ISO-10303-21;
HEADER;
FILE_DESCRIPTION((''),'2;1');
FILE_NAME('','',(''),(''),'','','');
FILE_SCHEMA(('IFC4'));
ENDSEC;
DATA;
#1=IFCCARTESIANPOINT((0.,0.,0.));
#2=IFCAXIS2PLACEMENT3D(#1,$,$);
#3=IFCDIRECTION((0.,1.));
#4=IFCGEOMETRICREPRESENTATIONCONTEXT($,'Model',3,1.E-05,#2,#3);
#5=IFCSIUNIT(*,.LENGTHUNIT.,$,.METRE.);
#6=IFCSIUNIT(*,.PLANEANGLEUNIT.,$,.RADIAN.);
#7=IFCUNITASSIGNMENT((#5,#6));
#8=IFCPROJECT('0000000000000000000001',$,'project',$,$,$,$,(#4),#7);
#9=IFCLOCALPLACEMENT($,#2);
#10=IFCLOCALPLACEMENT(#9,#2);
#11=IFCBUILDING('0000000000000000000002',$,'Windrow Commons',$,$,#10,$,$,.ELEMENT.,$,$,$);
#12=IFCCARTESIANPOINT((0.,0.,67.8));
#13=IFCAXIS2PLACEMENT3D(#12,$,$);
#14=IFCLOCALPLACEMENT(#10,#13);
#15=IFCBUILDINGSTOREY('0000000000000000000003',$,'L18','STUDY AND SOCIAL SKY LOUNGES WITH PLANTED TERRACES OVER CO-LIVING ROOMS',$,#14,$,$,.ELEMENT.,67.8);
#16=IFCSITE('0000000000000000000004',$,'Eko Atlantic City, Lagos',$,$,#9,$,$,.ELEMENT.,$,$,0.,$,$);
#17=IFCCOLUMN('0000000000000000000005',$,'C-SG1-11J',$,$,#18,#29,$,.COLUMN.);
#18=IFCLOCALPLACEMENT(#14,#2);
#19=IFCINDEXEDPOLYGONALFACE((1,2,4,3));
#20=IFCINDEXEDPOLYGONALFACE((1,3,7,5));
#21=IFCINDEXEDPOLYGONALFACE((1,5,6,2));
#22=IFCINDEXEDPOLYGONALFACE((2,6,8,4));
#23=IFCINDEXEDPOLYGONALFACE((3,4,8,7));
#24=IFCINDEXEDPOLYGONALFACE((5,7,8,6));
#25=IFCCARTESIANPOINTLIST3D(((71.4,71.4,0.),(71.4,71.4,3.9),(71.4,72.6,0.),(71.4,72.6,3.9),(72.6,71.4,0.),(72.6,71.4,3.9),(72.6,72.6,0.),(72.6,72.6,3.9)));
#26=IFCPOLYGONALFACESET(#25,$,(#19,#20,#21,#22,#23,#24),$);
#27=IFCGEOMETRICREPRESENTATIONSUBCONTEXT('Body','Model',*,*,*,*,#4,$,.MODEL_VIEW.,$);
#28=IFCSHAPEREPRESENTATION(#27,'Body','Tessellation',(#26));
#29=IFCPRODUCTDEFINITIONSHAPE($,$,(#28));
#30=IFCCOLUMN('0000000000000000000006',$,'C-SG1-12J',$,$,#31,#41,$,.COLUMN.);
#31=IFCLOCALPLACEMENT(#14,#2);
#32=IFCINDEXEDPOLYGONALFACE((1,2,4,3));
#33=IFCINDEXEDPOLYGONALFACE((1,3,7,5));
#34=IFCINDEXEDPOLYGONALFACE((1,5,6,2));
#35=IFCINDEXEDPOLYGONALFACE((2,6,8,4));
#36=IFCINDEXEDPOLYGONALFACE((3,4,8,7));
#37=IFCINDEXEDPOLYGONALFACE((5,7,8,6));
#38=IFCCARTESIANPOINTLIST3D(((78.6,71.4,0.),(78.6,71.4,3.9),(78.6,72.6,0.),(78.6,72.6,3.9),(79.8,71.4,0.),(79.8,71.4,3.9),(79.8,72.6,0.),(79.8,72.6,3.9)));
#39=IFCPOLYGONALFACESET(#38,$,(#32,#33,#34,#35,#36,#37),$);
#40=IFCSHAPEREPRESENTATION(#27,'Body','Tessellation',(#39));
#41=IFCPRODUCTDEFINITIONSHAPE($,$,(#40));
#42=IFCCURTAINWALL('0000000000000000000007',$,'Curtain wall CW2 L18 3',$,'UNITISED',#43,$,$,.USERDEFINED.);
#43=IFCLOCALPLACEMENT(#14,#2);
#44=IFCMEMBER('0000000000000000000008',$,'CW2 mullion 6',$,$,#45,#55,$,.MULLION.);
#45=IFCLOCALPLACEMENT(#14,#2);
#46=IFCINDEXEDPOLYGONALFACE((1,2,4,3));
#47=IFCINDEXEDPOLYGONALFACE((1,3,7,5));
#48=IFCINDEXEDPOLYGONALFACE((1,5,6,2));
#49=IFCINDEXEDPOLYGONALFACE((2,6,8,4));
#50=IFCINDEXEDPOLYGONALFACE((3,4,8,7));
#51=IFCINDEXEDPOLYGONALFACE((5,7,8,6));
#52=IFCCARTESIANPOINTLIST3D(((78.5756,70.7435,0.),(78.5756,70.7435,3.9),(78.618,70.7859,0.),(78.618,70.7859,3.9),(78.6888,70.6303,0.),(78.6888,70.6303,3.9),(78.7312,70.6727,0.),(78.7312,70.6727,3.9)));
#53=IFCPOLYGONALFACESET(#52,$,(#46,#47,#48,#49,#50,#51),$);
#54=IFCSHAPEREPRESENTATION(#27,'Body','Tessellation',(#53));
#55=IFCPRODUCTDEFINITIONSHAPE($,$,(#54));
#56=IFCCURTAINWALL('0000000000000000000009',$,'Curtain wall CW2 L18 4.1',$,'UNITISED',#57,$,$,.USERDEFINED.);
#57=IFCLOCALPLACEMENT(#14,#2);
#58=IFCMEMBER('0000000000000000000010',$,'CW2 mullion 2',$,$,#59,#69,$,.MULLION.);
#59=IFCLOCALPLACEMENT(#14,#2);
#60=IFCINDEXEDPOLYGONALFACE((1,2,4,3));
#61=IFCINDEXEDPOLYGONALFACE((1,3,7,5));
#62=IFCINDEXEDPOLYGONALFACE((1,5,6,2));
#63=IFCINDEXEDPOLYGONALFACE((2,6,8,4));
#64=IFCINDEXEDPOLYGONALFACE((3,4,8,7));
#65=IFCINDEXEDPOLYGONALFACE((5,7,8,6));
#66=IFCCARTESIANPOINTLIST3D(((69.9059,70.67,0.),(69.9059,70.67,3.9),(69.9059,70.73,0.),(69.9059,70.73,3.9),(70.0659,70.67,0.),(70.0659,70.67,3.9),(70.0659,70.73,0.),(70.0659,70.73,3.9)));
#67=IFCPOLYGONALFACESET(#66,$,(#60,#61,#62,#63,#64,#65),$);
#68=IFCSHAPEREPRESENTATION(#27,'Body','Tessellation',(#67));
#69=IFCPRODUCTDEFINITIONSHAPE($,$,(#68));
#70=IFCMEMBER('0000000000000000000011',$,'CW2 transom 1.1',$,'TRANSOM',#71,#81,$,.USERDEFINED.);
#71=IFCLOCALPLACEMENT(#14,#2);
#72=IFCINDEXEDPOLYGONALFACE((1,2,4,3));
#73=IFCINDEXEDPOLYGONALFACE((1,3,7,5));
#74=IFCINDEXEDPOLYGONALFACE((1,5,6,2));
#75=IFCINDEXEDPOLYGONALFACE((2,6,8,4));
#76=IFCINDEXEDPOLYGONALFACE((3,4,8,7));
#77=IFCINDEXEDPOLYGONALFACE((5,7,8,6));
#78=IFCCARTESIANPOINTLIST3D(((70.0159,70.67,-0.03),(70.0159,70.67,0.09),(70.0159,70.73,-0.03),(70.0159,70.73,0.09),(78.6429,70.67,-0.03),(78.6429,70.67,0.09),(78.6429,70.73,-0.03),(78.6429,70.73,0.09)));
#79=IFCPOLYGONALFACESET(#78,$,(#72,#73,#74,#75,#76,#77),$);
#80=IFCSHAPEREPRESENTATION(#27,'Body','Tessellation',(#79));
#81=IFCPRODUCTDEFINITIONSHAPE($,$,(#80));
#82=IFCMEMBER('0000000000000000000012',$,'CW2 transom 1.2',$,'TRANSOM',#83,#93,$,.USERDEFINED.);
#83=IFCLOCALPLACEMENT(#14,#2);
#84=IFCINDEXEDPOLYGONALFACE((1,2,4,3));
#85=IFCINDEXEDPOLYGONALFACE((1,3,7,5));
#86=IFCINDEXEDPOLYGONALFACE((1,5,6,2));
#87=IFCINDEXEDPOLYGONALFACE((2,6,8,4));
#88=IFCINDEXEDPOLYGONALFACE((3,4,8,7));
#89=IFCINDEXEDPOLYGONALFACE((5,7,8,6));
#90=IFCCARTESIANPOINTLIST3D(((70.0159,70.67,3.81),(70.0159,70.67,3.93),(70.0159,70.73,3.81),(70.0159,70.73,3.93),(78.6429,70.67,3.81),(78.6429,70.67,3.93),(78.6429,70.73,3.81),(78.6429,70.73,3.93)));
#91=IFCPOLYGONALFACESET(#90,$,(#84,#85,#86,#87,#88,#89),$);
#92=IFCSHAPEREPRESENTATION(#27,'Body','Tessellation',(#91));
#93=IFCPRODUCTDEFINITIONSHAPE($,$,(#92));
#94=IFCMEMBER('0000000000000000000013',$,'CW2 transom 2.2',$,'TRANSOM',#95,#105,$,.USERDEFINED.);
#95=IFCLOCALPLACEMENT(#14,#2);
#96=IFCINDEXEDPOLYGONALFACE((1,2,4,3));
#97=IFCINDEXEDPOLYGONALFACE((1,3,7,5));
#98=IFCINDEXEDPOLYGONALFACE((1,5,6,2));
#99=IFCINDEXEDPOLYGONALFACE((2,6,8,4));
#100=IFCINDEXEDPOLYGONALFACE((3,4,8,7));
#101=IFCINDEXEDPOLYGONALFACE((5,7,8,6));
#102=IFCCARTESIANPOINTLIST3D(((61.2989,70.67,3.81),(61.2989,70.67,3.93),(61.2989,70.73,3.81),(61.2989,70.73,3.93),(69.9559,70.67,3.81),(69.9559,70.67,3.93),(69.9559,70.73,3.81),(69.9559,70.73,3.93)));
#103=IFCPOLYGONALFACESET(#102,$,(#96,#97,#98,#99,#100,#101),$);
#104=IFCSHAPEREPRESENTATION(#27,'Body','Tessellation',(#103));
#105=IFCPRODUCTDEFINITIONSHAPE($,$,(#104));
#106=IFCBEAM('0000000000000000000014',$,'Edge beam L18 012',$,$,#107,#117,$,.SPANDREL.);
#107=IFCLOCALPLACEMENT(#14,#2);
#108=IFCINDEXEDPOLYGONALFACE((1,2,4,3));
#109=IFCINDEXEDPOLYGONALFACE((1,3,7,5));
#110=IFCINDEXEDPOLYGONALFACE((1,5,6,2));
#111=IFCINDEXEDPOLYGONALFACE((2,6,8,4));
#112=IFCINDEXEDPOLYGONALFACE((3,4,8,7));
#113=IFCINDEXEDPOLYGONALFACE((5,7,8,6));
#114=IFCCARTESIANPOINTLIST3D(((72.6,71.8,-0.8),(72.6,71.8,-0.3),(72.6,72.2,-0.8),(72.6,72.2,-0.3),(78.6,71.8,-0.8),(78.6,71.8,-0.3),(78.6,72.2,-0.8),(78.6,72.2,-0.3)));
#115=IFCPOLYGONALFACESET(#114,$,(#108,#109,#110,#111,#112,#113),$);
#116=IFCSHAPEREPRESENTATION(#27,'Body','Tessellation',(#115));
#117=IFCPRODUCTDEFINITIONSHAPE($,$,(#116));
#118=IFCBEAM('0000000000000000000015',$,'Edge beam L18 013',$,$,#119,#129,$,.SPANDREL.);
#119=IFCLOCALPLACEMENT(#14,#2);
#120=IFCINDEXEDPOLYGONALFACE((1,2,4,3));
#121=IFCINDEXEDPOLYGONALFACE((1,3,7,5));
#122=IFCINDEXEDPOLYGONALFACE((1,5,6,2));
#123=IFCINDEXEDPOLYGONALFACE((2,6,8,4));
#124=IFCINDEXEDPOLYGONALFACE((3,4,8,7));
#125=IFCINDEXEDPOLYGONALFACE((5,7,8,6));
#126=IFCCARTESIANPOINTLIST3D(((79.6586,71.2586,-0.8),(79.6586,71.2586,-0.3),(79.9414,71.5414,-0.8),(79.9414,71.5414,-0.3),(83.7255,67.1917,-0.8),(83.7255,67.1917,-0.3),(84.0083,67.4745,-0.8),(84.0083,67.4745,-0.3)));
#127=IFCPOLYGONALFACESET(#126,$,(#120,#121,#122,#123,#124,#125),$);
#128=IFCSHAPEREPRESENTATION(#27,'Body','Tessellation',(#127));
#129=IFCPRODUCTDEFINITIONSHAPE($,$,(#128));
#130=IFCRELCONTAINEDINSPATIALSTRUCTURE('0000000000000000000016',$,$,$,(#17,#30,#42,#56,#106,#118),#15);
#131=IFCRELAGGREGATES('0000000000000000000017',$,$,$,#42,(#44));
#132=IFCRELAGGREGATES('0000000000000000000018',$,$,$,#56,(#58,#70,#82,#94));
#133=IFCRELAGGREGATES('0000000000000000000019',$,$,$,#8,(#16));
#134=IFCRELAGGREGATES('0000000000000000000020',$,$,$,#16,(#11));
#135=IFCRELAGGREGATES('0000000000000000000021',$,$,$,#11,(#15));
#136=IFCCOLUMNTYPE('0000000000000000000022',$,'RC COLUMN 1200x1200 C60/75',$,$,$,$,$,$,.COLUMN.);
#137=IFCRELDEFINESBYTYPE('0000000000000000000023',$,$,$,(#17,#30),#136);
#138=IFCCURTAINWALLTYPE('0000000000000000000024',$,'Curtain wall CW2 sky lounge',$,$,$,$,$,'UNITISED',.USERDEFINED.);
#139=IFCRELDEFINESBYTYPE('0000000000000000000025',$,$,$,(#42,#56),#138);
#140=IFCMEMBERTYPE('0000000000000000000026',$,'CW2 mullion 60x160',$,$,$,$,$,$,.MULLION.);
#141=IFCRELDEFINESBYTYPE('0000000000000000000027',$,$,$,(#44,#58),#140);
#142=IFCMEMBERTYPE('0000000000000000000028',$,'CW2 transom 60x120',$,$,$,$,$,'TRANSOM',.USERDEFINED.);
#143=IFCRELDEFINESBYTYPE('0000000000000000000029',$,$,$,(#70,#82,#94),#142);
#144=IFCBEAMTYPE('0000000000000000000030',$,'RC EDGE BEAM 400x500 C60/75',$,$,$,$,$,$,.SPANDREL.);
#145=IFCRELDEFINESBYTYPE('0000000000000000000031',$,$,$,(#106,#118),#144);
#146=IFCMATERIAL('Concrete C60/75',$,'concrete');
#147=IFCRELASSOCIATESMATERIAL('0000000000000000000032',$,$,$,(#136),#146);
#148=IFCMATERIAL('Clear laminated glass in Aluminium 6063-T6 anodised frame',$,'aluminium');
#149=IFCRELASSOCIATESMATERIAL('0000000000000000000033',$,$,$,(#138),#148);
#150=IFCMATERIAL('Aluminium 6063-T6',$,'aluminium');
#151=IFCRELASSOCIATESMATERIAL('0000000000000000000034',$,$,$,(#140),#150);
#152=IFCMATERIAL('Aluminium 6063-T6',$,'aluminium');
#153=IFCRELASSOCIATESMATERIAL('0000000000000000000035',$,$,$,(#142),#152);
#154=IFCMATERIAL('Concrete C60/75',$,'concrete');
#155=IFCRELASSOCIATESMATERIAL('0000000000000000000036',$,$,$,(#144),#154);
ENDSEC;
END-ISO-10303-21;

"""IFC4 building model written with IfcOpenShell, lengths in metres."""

from ifc_helpers import new_model, si_unit, direction, frame, origin, origin_2d, place, context, subcontext, project, spatial, rectangle, extrude, material, material_profile, profile_set, type_object, element, aggregate, save


model = new_model("IFC4")

# Units and contexts
model_context = context("Model", 3, precision=1e-05, world=origin(), true_north=direction((0.0, 1.0)))
body_context = subcontext(model_context, "Body", "Model", "MODEL_VIEW")
ifc_project = project(units=[si_unit("LENGTHUNIT", "METRE"), si_unit("PLANEANGLEUNIT", "RADIAN")], contexts=[model_context])

# Site, building, storey
site_placement = place(None, origin())
site = spatial("IfcSite", under=ifc_project, at=site_placement, Name="Eko Atlantic City, Lagos", CompositionType="ELEMENT", RefElevation=0.0)
building_placement = place(site_placement, origin())
building = spatial("IfcBuilding", under=site, at=building_placement, Name="Windrow Commons", CompositionType="ELEMENT")
storey_placement = place(building_placement, frame((0.0, 0.0, 67.8)))
storey = spatial("IfcBuildingStorey", under=building, at=storey_placement, Name="L18", Description="STUDY AND SOCIAL SKY LOUNGES WITH PLANTED TERRACES OVER CO-LIVING ROOMS", CompositionType="ELEMENT", Elevation=67.8)

# Columns
ifc_material_1 = material(Name="Concrete C60/75", Category="concrete")
ifc_material_profile_1 = material_profile(ifc_material_1, rectangle(XDim=1.2, YDim=1.2, at=origin_2d()))
ifc_profile_set_1 = profile_set([ifc_material_profile_1], Name="Concrete C60/75")
column_type = type_object("IfcColumnType", Name="RC COLUMN 1200x1200 C60/75", PredefinedType="COLUMN", material=ifc_profile_set_1)
for number, where, z_axis, x_axis, name in (
    (1, (72.0, 72.0, 0.0), (0.0, 0.0, 1.0), (1.0, 0.0, 0.0), "C-SG1-11J"),
    (2, (79.2, 72.0, 0.0), (0.0, 0.0, 1.0), (1.0, 0.0, 0.0), "C-SG1-12J"),
):
    element("IfcColumn", number, at=place(storey_placement, frame(where, z_axis=z_axis, x_axis=x_axis)), inside=storey, type_object=column_type, Name=name, PredefinedType="COLUMN", context=body_context, shape_type="SweptSolid", body=[
        extrude(rectangle(XDim=1.2, YDim=1.2, at=origin_2d()), origin(), (0.0, 0.0, 1.0), 3.9),
    ])

# Curtain wall, member
ifc_material_2 = material(Name="Clear laminated glass in Aluminium 6063-T6 anodised frame", Category="aluminium")
curtain_wall_type = type_object("IfcCurtainWallType", Name="Curtain wall CW2 sky lounge", ElementType="UNITISED", PredefinedType="USERDEFINED", material=ifc_material_2)
placement = place(storey_placement, origin())
curtain_wall_1 = element("IfcCurtainWall", 3, at=placement, inside=storey, type_object=curtain_wall_type, Name="Curtain wall CW2 L18 3", ObjectType="UNITISED", PredefinedType="USERDEFINED")
ifc_material_3 = material(Name="Aluminium 6063-T6", Category="aluminium")
ifc_material_profile_2 = material_profile(ifc_material_3, rectangle(XDim=0.06, YDim=0.16, at=origin_2d()))
ifc_profile_set_2 = profile_set([ifc_material_profile_2], Name="Aluminium 6063-T6")
member_type_1 = type_object("IfcMemberType", Name="CW2 mullion 60x160", PredefinedType="MULLION", material=ifc_profile_set_2)
member_1_placement = place(storey_placement, frame((78.6534, 70.7081, 0.0), z_axis=(0.0, 0.0, 1.0), x_axis=(-0.707107, -0.707107, 0.0)))
member_1 = element("IfcMember", 4, at=member_1_placement, type_object=member_type_1, Name="CW2 mullion 6", PredefinedType="MULLION", context=body_context, shape_type="SweptSolid", body=[
    extrude(rectangle(XDim=0.06, YDim=0.16, at=origin_2d()), origin(), (0.0, 0.0, 1.0), 3.9),
])
aggregate(curtain_wall_1, [member_1])

# Curtain wall, members
curtain_wall_2 = element("IfcCurtainWall", 5, at=placement, inside=storey, type_object=curtain_wall_type, Name="Curtain wall CW2 L18 4.1", ObjectType="UNITISED", PredefinedType="USERDEFINED")
member_2_placement = place(storey_placement, frame((69.9859, 70.7, 0.0), z_axis=(0.0, 0.0, 1.0), x_axis=(0.0, -1.0, 0.0)))
member_2 = element("IfcMember", 6, at=member_2_placement, type_object=member_type_1, Name="CW2 mullion 2", PredefinedType="MULLION", context=body_context, shape_type="SweptSolid", body=[
    extrude(rectangle(XDim=0.06, YDim=0.16, at=origin_2d()), origin(), (0.0, 0.0, 1.0), 3.9),
])
ifc_material_4 = material(Name="Aluminium 6063-T6", Category="aluminium")
ifc_material_profile_3 = material_profile(ifc_material_4, rectangle(XDim=0.06, YDim=0.12, at=origin_2d()))
ifc_profile_set_3 = profile_set([ifc_material_profile_3], Name="Aluminium 6063-T6")
member_type_2 = type_object("IfcMemberType", Name="CW2 transom 60x120", ElementType="TRANSOM", PredefinedType="USERDEFINED", material=ifc_profile_set_3)
member_3_placement = place(storey_placement, frame((78.6429, 70.7, 0.03), z_axis=(-1.0, 0.0, 0.0), x_axis=(0.0, -1.0, 0.0)))
member_3 = element("IfcMember", 7, at=member_3_placement, type_object=member_type_2, Name="CW2 transom 1.1", ObjectType="TRANSOM", PredefinedType="USERDEFINED", context=body_context, shape_type="SweptSolid", body=[
    extrude(rectangle(XDim=0.06, YDim=0.12, at=origin_2d()), origin(), (0.0, 0.0, 1.0), 8.627),
])
member_4_placement = place(storey_placement, frame((78.6429, 70.7, 3.87), z_axis=(-1.0, 0.0, 0.0), x_axis=(0.0, -1.0, 0.0)))
member_4 = element("IfcMember", 8, at=member_4_placement, type_object=member_type_2, Name="CW2 transom 1.2", ObjectType="TRANSOM", PredefinedType="USERDEFINED", context=body_context, shape_type="SweptSolid", body=[
    extrude(rectangle(XDim=0.06, YDim=0.12, at=origin_2d()), origin(), (0.0, 0.0, 1.0), 8.627),
])
member_5_placement = place(storey_placement, frame((69.9559, 70.7, 3.87), z_axis=(-1.0, 0.0, 0.0), x_axis=(0.0, -1.0, 0.0)))
member_5 = element("IfcMember", 9, at=member_5_placement, type_object=member_type_2, Name="CW2 transom 2.2", ObjectType="TRANSOM", PredefinedType="USERDEFINED", context=body_context, shape_type="SweptSolid", body=[
    extrude(rectangle(XDim=0.06, YDim=0.12, at=origin_2d()), origin(), (0.0, 0.0, 1.0), 8.657),
])

# Beams
ifc_material_5 = material(Name="Concrete C60/75", Category="concrete")
ifc_material_profile_4 = material_profile(ifc_material_5, rectangle(XDim=0.4, YDim=0.5, at=origin_2d()))
ifc_profile_set_4 = profile_set([ifc_material_profile_4], Name="Concrete C60/75")
beam_type = type_object("IfcBeamType", Name="RC EDGE BEAM 400x500 C60/75", PredefinedType="SPANDREL", material=ifc_profile_set_4)
beam_1_placement = place(storey_placement, frame((72.6, 72.0, -0.55), z_axis=(1.0, 0.0, 0.0), x_axis=(0.0, 1.0, 0.0)))
element("IfcBeam", 10, at=beam_1_placement, inside=storey, type_object=beam_type, Name="Edge beam L18 012", PredefinedType="SPANDREL", context=body_context, shape_type="SweptSolid", body=[
    extrude(rectangle(XDim=0.4, YDim=0.5, at=origin_2d()), origin(), (0.0, 0.0, 1.0), 6.0),
])
beam_2_placement = place(storey_placement, frame((79.8, 71.4, -0.55), z_axis=(0.707107, -0.707107, 0.0), x_axis=(0.707107, 0.707107, 0.0)))
element("IfcBeam", 11, at=beam_2_placement, inside=storey, type_object=beam_type, Name="Edge beam L18 013", PredefinedType="SPANDREL", context=body_context, shape_type="SweptSolid", body=[
    extrude(rectangle(XDim=0.4, YDim=0.5, at=origin_2d()), origin(), (0.0, 0.0, 1.0), 5.7515),
])

aggregate(curtain_wall_2, [member_2, member_3, member_4, member_5])

save(model, "model.ifc")
